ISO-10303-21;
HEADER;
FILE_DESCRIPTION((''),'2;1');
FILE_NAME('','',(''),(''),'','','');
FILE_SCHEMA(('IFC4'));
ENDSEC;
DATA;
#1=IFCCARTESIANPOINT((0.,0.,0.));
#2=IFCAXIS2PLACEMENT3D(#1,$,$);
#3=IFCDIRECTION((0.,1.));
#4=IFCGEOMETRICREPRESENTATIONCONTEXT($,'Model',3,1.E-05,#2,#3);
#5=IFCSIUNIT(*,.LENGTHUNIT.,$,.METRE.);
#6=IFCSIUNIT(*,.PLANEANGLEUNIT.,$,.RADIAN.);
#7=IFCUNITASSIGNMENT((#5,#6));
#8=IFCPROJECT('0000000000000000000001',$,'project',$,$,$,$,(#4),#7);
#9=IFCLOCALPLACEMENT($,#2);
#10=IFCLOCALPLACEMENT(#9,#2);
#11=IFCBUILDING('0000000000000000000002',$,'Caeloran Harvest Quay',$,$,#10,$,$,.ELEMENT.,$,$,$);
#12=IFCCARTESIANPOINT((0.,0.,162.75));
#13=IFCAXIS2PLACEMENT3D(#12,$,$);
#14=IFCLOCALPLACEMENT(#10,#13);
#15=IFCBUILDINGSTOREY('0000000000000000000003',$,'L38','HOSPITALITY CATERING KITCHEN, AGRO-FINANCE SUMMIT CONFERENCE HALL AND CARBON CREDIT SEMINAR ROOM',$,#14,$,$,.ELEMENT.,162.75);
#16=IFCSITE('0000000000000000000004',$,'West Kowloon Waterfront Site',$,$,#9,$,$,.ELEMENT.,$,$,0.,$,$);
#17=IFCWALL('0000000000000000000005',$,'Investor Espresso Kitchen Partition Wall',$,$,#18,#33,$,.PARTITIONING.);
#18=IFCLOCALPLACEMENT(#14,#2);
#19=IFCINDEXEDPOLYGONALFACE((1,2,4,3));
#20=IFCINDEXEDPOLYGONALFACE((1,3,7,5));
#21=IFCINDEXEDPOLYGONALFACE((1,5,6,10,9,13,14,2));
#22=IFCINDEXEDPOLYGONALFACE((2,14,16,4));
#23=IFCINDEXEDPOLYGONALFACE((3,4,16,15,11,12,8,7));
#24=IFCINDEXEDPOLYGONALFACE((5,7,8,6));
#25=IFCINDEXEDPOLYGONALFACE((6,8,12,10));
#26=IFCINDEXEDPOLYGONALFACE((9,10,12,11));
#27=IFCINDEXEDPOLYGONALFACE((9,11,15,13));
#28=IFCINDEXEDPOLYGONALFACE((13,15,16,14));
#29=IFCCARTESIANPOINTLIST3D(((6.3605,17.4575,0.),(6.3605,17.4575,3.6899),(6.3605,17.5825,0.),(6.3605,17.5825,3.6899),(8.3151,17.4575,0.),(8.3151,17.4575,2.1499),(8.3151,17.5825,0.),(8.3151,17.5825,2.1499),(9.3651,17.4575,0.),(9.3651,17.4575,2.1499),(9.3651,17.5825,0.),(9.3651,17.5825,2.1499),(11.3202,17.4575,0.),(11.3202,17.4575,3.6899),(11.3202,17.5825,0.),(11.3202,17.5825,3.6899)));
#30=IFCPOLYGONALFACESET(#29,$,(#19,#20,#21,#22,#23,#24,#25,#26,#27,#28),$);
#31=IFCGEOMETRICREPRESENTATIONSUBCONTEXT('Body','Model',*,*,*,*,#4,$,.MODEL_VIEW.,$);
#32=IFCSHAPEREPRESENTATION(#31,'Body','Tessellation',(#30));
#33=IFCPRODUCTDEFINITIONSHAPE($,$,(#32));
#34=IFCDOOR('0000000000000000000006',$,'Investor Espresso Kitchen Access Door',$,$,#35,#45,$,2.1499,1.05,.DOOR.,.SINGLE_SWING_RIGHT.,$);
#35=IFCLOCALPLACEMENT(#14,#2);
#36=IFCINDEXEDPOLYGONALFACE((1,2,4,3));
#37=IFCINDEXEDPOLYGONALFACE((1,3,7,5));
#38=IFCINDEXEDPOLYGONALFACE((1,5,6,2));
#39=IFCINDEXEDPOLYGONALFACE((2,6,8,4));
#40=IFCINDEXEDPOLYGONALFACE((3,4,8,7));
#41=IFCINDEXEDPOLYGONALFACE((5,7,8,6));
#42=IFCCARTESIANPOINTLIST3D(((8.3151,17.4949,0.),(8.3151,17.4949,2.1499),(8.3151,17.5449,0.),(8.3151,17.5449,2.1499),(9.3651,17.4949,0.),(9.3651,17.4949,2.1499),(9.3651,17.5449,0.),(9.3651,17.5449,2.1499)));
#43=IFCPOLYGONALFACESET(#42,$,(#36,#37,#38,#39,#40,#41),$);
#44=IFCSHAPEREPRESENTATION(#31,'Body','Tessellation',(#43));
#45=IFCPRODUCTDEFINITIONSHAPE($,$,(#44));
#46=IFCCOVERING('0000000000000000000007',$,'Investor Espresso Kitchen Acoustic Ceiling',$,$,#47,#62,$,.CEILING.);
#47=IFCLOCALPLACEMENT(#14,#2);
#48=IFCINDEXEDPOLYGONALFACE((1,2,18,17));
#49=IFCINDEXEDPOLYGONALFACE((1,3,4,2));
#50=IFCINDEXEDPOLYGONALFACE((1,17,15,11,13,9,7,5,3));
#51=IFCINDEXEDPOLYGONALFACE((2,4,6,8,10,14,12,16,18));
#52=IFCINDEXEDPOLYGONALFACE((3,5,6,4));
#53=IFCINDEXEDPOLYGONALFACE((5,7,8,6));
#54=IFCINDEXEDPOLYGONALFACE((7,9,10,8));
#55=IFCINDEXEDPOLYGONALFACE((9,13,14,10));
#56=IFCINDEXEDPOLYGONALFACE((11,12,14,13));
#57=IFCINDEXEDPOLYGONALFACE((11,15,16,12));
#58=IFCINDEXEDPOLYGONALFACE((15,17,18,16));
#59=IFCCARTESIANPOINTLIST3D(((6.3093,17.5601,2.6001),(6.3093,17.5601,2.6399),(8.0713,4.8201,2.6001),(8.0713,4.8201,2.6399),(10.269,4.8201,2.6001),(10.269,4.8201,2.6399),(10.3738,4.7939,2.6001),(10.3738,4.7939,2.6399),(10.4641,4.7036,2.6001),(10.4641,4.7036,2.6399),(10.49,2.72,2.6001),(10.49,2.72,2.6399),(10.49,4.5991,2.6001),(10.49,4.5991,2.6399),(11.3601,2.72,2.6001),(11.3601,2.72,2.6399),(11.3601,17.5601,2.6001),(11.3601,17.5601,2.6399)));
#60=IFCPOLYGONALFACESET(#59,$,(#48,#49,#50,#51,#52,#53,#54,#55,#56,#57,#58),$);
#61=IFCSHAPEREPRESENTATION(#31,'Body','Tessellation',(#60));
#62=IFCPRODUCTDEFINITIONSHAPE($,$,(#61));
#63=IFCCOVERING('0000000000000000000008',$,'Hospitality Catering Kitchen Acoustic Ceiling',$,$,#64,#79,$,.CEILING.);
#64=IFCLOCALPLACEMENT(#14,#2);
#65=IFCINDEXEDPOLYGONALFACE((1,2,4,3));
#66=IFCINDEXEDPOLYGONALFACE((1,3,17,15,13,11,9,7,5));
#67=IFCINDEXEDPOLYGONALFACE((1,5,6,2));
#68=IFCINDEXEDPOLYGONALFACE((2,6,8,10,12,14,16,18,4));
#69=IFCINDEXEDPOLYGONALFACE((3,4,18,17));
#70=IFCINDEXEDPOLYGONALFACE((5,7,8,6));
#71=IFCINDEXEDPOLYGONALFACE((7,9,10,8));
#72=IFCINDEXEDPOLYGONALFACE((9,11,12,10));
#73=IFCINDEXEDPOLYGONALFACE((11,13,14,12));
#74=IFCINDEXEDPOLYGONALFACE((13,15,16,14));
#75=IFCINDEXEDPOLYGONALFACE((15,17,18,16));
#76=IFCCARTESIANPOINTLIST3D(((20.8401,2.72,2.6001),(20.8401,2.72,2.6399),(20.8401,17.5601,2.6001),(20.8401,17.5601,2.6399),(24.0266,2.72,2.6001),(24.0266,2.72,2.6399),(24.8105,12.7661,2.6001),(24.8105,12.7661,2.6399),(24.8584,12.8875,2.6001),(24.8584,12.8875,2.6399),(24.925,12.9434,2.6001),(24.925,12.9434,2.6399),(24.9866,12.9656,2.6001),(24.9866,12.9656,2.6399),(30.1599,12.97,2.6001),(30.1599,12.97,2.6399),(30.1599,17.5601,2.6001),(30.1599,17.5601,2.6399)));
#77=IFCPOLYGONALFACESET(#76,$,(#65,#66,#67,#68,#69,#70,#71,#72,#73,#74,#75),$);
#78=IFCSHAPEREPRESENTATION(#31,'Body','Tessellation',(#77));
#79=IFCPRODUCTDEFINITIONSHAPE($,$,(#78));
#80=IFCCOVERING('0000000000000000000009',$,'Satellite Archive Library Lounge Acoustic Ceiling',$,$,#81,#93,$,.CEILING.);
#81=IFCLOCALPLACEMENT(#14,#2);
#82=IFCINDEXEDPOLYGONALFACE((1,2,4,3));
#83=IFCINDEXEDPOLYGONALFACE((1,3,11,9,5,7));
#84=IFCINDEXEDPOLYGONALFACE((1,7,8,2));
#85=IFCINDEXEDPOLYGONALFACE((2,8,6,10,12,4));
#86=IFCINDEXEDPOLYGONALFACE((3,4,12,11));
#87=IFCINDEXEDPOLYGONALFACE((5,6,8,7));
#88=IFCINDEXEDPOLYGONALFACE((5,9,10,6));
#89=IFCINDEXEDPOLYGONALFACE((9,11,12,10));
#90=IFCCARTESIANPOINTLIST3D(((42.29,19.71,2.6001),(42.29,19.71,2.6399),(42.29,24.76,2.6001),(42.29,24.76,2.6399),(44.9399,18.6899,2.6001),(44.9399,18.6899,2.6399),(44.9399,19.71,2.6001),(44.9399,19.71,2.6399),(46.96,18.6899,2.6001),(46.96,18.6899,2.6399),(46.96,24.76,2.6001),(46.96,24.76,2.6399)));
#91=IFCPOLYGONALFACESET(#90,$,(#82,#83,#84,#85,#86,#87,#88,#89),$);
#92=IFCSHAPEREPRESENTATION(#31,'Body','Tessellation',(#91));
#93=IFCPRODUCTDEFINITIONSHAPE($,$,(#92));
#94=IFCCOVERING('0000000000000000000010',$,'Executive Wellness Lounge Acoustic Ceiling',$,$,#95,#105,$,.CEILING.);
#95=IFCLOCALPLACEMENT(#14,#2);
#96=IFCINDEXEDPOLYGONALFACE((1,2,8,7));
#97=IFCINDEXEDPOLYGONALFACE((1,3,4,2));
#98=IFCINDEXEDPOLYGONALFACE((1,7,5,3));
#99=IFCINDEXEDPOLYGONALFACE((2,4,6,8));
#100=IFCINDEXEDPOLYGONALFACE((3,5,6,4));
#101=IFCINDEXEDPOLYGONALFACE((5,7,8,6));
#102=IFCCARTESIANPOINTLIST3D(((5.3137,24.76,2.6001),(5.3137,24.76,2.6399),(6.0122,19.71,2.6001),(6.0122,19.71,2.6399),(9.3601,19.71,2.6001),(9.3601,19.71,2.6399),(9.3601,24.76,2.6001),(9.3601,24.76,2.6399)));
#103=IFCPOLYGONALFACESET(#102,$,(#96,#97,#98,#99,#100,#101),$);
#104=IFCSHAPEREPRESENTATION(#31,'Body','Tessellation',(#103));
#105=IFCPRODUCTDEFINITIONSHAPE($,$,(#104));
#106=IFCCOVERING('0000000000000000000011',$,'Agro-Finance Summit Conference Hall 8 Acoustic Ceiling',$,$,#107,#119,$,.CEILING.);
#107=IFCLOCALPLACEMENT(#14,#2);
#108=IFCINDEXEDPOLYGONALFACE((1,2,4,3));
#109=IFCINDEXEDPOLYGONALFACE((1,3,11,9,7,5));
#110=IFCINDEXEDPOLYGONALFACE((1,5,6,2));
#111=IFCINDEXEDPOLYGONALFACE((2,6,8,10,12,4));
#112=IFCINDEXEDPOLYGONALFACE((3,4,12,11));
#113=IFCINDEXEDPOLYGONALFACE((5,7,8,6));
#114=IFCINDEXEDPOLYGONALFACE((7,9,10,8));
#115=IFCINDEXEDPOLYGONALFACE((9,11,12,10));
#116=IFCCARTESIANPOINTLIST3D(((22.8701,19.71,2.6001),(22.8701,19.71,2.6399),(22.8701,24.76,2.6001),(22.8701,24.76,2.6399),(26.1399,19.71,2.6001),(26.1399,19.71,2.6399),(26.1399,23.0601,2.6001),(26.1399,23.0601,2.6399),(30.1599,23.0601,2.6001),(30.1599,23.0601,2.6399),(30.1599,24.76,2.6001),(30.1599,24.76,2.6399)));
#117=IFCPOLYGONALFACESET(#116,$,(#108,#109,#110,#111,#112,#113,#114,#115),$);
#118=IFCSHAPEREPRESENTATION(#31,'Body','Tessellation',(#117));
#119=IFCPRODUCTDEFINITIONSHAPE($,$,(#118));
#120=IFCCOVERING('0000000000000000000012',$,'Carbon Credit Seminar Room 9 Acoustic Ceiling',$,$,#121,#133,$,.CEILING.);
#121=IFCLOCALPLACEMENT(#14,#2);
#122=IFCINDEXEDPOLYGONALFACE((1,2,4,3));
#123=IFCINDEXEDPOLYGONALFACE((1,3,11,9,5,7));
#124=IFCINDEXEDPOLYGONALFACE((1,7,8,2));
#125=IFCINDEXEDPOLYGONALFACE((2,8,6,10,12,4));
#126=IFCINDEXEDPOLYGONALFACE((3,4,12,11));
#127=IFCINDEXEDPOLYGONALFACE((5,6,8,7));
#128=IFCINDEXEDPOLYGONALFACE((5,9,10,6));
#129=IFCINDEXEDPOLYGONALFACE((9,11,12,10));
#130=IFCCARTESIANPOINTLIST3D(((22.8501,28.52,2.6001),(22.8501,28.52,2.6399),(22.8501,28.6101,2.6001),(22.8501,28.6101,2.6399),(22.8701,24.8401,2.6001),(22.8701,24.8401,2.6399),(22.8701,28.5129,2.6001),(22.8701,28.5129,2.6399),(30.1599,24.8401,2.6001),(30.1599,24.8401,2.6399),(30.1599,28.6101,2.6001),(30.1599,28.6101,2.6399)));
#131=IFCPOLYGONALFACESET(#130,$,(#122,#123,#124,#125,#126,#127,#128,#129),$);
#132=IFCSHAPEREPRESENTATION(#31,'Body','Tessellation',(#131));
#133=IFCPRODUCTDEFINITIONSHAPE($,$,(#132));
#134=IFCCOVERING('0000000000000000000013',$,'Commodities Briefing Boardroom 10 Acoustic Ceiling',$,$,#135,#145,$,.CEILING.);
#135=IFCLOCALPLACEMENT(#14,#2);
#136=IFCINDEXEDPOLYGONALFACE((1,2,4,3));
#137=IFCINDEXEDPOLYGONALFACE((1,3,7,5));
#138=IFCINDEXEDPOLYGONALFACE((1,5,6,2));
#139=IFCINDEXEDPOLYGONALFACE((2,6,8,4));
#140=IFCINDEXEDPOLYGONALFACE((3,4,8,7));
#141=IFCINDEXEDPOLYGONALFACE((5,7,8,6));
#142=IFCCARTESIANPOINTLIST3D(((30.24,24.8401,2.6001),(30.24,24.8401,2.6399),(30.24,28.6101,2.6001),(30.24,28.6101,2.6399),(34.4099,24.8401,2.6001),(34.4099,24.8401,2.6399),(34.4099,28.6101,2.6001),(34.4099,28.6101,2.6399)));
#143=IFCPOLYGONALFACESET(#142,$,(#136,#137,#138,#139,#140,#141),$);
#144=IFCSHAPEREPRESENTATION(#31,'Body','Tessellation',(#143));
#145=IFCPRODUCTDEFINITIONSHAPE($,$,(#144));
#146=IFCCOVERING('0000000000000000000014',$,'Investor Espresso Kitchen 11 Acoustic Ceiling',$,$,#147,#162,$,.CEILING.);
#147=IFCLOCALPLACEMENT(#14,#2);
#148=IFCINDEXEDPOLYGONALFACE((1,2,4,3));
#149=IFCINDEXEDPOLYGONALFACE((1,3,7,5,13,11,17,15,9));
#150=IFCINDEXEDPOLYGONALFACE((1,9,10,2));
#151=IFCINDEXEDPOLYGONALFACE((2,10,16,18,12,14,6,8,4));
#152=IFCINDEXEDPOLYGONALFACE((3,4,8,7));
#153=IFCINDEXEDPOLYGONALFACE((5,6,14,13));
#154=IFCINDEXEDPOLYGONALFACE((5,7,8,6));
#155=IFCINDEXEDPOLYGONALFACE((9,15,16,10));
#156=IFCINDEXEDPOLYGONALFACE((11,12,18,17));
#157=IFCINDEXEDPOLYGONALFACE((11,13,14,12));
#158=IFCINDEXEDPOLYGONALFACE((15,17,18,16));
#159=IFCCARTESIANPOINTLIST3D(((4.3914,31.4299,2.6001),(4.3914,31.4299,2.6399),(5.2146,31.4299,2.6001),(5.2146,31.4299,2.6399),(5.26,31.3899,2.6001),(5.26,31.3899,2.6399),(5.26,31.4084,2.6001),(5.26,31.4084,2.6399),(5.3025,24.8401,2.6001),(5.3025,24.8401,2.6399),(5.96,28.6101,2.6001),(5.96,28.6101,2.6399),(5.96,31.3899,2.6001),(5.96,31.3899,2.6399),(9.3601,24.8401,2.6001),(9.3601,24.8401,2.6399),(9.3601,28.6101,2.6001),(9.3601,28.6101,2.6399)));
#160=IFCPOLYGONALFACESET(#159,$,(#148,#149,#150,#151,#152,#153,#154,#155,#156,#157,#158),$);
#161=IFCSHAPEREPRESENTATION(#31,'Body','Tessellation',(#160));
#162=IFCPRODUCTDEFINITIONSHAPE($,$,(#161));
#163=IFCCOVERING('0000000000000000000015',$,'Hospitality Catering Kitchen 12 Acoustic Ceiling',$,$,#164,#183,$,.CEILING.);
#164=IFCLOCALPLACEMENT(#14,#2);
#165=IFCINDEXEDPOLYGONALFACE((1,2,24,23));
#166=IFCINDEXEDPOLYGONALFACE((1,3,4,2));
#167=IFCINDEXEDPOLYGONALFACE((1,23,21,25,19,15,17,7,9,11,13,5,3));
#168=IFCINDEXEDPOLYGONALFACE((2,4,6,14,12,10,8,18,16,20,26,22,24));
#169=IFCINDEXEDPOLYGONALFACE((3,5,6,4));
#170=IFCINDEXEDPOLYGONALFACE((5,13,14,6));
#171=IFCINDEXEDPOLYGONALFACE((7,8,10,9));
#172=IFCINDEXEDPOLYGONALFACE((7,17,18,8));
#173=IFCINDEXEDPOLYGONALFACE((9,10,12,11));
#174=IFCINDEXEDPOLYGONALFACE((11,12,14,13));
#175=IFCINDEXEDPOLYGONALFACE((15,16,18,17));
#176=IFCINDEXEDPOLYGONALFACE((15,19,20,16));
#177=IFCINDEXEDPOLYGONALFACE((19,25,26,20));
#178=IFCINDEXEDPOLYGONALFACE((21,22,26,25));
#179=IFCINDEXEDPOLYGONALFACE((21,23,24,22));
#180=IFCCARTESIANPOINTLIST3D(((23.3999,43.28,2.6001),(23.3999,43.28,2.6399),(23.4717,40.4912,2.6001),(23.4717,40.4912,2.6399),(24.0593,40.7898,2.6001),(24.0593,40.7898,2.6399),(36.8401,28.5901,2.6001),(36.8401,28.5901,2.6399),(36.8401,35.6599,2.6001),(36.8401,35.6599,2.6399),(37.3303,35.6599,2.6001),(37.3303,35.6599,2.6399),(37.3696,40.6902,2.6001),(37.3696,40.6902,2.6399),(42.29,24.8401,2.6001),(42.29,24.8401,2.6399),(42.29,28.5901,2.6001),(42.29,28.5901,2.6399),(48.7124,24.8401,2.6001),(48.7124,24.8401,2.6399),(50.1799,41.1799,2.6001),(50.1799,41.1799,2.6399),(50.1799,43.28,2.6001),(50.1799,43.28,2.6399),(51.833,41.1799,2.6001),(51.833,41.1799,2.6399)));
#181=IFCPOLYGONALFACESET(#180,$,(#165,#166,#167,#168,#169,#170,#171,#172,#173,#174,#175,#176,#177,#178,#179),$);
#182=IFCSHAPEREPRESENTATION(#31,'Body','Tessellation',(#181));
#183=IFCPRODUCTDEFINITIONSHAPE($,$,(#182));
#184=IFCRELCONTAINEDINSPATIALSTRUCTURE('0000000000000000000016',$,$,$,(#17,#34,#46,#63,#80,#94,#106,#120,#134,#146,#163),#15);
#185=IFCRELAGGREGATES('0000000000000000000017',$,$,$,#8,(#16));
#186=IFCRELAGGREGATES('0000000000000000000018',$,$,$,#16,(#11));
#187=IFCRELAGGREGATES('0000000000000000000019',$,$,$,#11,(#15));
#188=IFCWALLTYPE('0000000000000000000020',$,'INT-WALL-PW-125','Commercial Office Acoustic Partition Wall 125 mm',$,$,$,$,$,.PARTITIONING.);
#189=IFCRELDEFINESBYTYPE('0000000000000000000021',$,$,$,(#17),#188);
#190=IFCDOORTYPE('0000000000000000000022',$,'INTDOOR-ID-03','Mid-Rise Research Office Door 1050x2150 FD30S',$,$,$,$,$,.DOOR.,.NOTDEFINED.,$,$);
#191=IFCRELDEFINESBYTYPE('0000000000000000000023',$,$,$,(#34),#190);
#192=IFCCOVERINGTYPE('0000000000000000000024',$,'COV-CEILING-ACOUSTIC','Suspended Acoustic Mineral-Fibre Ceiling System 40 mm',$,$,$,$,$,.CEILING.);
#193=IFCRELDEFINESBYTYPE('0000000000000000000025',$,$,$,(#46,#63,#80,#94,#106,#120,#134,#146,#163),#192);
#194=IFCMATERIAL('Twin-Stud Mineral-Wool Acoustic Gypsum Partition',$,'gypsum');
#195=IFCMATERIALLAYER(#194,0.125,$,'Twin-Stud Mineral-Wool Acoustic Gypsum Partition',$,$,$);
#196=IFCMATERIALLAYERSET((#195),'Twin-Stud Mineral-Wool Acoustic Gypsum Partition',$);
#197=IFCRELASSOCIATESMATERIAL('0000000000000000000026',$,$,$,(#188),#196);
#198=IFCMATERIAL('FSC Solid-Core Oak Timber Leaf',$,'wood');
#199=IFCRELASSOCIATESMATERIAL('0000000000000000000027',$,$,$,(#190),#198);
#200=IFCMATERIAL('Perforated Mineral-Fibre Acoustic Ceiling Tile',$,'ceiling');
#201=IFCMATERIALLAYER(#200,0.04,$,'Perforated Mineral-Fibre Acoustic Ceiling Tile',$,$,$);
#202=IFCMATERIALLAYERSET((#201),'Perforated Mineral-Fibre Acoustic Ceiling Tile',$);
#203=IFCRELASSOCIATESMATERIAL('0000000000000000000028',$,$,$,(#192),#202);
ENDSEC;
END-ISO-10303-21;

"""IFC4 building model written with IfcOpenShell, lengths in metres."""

from ifc_helpers import new_model, si_unit, direction, frame, frame_2d, origin, place, context, subcontext, project, spatial, polyline, rectangle, outline, extrude, material, layer, layer_set, type_object, element, fill, save


model = new_model("IFC4")

# Units and contexts
model_context = context("Model", 3, precision=1e-05, world=origin(), true_north=direction((0.0, 1.0)))
body_context = subcontext(model_context, "Body", "Model", "MODEL_VIEW")
ifc_project = project(units=[si_unit("LENGTHUNIT", "METRE"), si_unit("PLANEANGLEUNIT", "RADIAN")], contexts=[model_context])

# Site, building, storey
site_placement = place(None, origin())
site = spatial("IfcSite", under=ifc_project, at=site_placement, Name="West Kowloon Waterfront Site", CompositionType="ELEMENT", RefElevation=0.0)
building_placement = place(site_placement, origin())
building = spatial("IfcBuilding", under=site, at=building_placement, Name="Caeloran Harvest Quay", CompositionType="ELEMENT")
storey_placement = place(building_placement, frame((0.0, 0.0, 162.75)))
storey = spatial("IfcBuildingStorey", under=building, at=storey_placement, Name="L38", Description="HOSPITALITY CATERING KITCHEN, AGRO-FINANCE SUMMIT CONFERENCE HALL AND CARBON CREDIT SEMINAR ROOM", CompositionType="ELEMENT", Elevation=162.75)

# Wall, opening, door
ifc_material_1 = material(Name="Twin-Stud Mineral-Wool Acoustic Gypsum Partition", Category="gypsum")
ifc_layer_1 = layer(ifc_material_1, 0.125, Name="Twin-Stud Mineral-Wool Acoustic Gypsum Partition")
ifc_layer_set_1 = layer_set([ifc_layer_1], Name="Twin-Stud Mineral-Wool Acoustic Gypsum Partition")
wall_type = type_object("IfcWallType", Name="INT-WALL-PW-125", Description="Commercial Office Acoustic Partition Wall 125 mm", PredefinedType="PARTITIONING", material=ifc_layer_set_1)
wall_placement = place(storey_placement, frame((6.3604, 17.52, 0.0), z_axis=(0.0, 0.0, 1.0), x_axis=(1.0, 0.0, 0.0)))
wall = element("IfcWall", 1, at=wall_placement, inside=storey, type_object=wall_type, Name="Investor Espresso Kitchen Partition Wall", PredefinedType="PARTITIONING", context=body_context, shape_type="SweptSolid", body=[
    extrude(rectangle(XDim=4.9597, YDim=0.125, at=frame_2d((2.48, 0.0))), origin(), (0.0, 0.0, 1.0), 3.6899),
])
opening_placement = place(wall_placement, frame((1.9548, 0.0, 0.0)))
opening = element("IfcOpeningElement", 2, at=opening_placement, cuts=wall, PredefinedType="OPENING", context=body_context, shape_type="SweptSolid", body=[
    extrude(rectangle(XDim=1.05, YDim=2.1499, at=frame_2d((0.5249, 1.075))), frame((0.0, 0.0725, 0.0), z_axis=(0.0, -1.0, 0.0), x_axis=(1.0, 0.0, 0.0)), (0.0, 0.0, 1.0), 0.145),
])
ifc_material_2 = material(Name="FSC Solid-Core Oak Timber Leaf", Category="wood")
door_type = type_object("IfcDoorType", Name="INTDOOR-ID-03", Description="Mid-Rise Research Office Door 1050x2150 FD30S", OperationType="NOTDEFINED", PredefinedType="DOOR", material=ifc_material_2)
door_placement = place(opening_placement, origin())
door = element("IfcDoor", 3, at=door_placement, inside=storey, type_object=door_type, Name="Investor Espresso Kitchen Access Door", OperationType="SINGLE_SWING_RIGHT", OverallHeight=2.1499, OverallWidth=1.05, PredefinedType="DOOR", context=body_context, shape_type="SweptSolid", body=[
    extrude(rectangle(XDim=1.05, YDim=2.1499, at=frame_2d((0.5249, 1.075))), frame((0.0, 0.0249, 0.0), z_axis=(0.0, -1.0, 0.0), x_axis=(1.0, 0.0, 0.0)), (0.0, 0.0, 1.0), 0.05),
])
fill(opening, door)

# Coverings
ifc_material_3 = material(Name="Perforated Mineral-Fibre Acoustic Ceiling Tile", Category="ceiling")
ifc_layer_2 = layer(ifc_material_3, 0.04, Name="Perforated Mineral-Fibre Acoustic Ceiling Tile")
ifc_layer_set_2 = layer_set([ifc_layer_2], Name="Perforated Mineral-Fibre Acoustic Ceiling Tile")
covering_type_1 = type_object("IfcCoveringType", Name="COV-CEILING-ACOUSTIC", Description="Suspended Acoustic Mineral-Fibre Ceiling System 40 mm", PredefinedType="CEILING", material=ifc_layer_set_2)
covering_1_placement = place(storey_placement, frame((0.0, 0.0, 2.6001)))
element("IfcCovering", 4, at=covering_1_placement, inside=storey, type_object=covering_type_1, Name="Investor Espresso Kitchen Acoustic Ceiling", PredefinedType="CEILING", context=body_context, shape_type="SweptSolid", body=[
    extrude(outline(polyline([(10.4641, 4.7036), (10.3738, 4.7939), (10.269, 4.8201), (8.0713, 4.8201), (6.3093, 17.5601), (11.3601, 17.5601), (11.3601, 2.72), (10.49, 2.72), (10.49, 4.5991), (10.4641, 4.7036)])), origin(), (0.0, 0.0, 1.0), 0.0398),
])
covering_2_placement = place(storey_placement, frame((0.0, 0.0, 2.6001)))
element("IfcCovering", 5, at=covering_2_placement, inside=storey, type_object=covering_type_1, Name="Hospitality Catering Kitchen Acoustic Ceiling", PredefinedType="CEILING", context=body_context, shape_type="SweptSolid", body=[
    extrude(outline(polyline([(24.9866, 12.9656), (24.925, 12.9434), (24.8584, 12.8875), (24.8105, 12.7661), (24.0266, 2.72), (20.8401, 2.72), (20.8401, 17.5601), (30.1599, 17.5601), (30.1599, 12.97), (24.9866, 12.9656)])), origin(), (0.0, 0.0, 1.0), 0.0398),
])
covering_3_placement = place(storey_placement, frame((0.0, 0.0, 2.6001)))
element("IfcCovering", 6, at=covering_3_placement, inside=storey, type_object=covering_type_1, Name="Satellite Archive Library Lounge Acoustic Ceiling", PredefinedType="CEILING", context=body_context, shape_type="SweptSolid", body=[
    extrude(outline(polyline([(44.9399, 19.71), (42.29, 19.71), (42.29, 24.76), (46.96, 24.76), (46.96, 18.6899), (44.9399, 18.6899), (44.9399, 19.71)])), origin(), (0.0, 0.0, 1.0), 0.0398),
])
covering_4_placement = place(storey_placement, frame((0.0, 0.0, 2.6001)))
element("IfcCovering", 7, at=covering_4_placement, inside=storey, type_object=covering_type_1, Name="Executive Wellness Lounge Acoustic Ceiling", PredefinedType="CEILING", context=body_context, shape_type="SweptSolid", body=[
    extrude(outline(polyline([(9.3601, 19.71), (6.0122, 19.71), (5.3137, 24.76), (9.3601, 24.76), (9.3601, 19.71)])), origin(), (0.0, 0.0, 1.0), 0.0398),
])
covering_5_placement = place(storey_placement, frame((0.0, 0.0, 2.6001)))
element("IfcCovering", 8, at=covering_5_placement, inside=storey, type_object=covering_type_1, Name="Agro-Finance Summit Conference Hall 8 Acoustic Ceiling", PredefinedType="CEILING", context=body_context, shape_type="SweptSolid", body=[
    extrude(outline(polyline([(26.1399, 23.0601), (26.1399, 19.71), (22.8701, 19.71), (22.8701, 24.76), (30.1599, 24.76), (30.1599, 23.0601), (26.1399, 23.0601)])), origin(), (0.0, 0.0, 1.0), 0.0398),
])
covering_6_placement = place(storey_placement, frame((0.0, 0.0, 2.6001)))
element("IfcCovering", 9, at=covering_6_placement, inside=storey, type_object=covering_type_1, Name="Carbon Credit Seminar Room 9 Acoustic Ceiling", PredefinedType="CEILING", context=body_context, shape_type="SweptSolid", body=[
    extrude(outline(polyline([(22.8701, 28.5129), (22.8501, 28.52), (22.8501, 28.6101), (30.1599, 28.6101), (30.1599, 24.8401), (22.8701, 24.8401), (22.8701, 28.5129)])), origin(), (0.0, 0.0, 1.0), 0.0398),
])
covering_7_placement = place(storey_placement, frame((0.0, 0.0, 2.6001)))
element("IfcCovering", 10, at=covering_7_placement, inside=storey, type_object=covering_type_1, Name="Commodities Briefing Boardroom 10 Acoustic Ceiling", PredefinedType="CEILING", context=body_context, shape_type="SweptSolid", body=[
    extrude(outline(polyline([(30.24, 28.6101), (34.4099, 28.6101), (34.4099, 24.8401), (30.24, 24.8401), (30.24, 28.6101)])), origin(), (0.0, 0.0, 1.0), 0.0398),
])
covering_8_placement = place(storey_placement, frame((0.0, 0.0, 2.6001)))
element("IfcCovering", 11, at=covering_8_placement, inside=storey, type_object=covering_type_1, Name="Investor Espresso Kitchen 11 Acoustic Ceiling", PredefinedType="CEILING", context=body_context, shape_type="SweptSolid", body=[
    extrude(outline(polyline([(5.26, 31.3899), (5.96, 31.3899), (5.96, 28.6101), (9.3601, 28.6101), (9.3601, 24.8401), (5.3025, 24.8401), (4.3914, 31.4299), (5.2146, 31.4299), (5.26, 31.4084), (5.26, 31.3899)])), origin(), (0.0, 0.0, 1.0), 0.0398),
])
covering_9_placement = place(storey_placement, frame((0.0, 0.0, 2.6001)))
element("IfcCovering", 12, at=covering_9_placement, inside=storey, type_object=covering_type_1, Name="Hospitality Catering Kitchen 12 Acoustic Ceiling", PredefinedType="CEILING", context=body_context, shape_type="SweptSolid", body=[
    extrude(outline(polyline([(23.3999, 43.28), (50.1799, 43.28), (50.1799, 41.1799), (51.833, 41.1799), (48.7124, 24.8401), (42.29, 24.8401), (42.29, 28.5901), (36.8401, 28.5901), (36.8401, 35.6599), (37.3303, 35.6599), (37.3696, 40.6902), (24.0593, 40.7898), (23.4717, 40.4912), (23.3999, 43.28)])), origin(), (0.0, 0.0, 1.0), 0.0398),
])

save(model, "model.ifc")
